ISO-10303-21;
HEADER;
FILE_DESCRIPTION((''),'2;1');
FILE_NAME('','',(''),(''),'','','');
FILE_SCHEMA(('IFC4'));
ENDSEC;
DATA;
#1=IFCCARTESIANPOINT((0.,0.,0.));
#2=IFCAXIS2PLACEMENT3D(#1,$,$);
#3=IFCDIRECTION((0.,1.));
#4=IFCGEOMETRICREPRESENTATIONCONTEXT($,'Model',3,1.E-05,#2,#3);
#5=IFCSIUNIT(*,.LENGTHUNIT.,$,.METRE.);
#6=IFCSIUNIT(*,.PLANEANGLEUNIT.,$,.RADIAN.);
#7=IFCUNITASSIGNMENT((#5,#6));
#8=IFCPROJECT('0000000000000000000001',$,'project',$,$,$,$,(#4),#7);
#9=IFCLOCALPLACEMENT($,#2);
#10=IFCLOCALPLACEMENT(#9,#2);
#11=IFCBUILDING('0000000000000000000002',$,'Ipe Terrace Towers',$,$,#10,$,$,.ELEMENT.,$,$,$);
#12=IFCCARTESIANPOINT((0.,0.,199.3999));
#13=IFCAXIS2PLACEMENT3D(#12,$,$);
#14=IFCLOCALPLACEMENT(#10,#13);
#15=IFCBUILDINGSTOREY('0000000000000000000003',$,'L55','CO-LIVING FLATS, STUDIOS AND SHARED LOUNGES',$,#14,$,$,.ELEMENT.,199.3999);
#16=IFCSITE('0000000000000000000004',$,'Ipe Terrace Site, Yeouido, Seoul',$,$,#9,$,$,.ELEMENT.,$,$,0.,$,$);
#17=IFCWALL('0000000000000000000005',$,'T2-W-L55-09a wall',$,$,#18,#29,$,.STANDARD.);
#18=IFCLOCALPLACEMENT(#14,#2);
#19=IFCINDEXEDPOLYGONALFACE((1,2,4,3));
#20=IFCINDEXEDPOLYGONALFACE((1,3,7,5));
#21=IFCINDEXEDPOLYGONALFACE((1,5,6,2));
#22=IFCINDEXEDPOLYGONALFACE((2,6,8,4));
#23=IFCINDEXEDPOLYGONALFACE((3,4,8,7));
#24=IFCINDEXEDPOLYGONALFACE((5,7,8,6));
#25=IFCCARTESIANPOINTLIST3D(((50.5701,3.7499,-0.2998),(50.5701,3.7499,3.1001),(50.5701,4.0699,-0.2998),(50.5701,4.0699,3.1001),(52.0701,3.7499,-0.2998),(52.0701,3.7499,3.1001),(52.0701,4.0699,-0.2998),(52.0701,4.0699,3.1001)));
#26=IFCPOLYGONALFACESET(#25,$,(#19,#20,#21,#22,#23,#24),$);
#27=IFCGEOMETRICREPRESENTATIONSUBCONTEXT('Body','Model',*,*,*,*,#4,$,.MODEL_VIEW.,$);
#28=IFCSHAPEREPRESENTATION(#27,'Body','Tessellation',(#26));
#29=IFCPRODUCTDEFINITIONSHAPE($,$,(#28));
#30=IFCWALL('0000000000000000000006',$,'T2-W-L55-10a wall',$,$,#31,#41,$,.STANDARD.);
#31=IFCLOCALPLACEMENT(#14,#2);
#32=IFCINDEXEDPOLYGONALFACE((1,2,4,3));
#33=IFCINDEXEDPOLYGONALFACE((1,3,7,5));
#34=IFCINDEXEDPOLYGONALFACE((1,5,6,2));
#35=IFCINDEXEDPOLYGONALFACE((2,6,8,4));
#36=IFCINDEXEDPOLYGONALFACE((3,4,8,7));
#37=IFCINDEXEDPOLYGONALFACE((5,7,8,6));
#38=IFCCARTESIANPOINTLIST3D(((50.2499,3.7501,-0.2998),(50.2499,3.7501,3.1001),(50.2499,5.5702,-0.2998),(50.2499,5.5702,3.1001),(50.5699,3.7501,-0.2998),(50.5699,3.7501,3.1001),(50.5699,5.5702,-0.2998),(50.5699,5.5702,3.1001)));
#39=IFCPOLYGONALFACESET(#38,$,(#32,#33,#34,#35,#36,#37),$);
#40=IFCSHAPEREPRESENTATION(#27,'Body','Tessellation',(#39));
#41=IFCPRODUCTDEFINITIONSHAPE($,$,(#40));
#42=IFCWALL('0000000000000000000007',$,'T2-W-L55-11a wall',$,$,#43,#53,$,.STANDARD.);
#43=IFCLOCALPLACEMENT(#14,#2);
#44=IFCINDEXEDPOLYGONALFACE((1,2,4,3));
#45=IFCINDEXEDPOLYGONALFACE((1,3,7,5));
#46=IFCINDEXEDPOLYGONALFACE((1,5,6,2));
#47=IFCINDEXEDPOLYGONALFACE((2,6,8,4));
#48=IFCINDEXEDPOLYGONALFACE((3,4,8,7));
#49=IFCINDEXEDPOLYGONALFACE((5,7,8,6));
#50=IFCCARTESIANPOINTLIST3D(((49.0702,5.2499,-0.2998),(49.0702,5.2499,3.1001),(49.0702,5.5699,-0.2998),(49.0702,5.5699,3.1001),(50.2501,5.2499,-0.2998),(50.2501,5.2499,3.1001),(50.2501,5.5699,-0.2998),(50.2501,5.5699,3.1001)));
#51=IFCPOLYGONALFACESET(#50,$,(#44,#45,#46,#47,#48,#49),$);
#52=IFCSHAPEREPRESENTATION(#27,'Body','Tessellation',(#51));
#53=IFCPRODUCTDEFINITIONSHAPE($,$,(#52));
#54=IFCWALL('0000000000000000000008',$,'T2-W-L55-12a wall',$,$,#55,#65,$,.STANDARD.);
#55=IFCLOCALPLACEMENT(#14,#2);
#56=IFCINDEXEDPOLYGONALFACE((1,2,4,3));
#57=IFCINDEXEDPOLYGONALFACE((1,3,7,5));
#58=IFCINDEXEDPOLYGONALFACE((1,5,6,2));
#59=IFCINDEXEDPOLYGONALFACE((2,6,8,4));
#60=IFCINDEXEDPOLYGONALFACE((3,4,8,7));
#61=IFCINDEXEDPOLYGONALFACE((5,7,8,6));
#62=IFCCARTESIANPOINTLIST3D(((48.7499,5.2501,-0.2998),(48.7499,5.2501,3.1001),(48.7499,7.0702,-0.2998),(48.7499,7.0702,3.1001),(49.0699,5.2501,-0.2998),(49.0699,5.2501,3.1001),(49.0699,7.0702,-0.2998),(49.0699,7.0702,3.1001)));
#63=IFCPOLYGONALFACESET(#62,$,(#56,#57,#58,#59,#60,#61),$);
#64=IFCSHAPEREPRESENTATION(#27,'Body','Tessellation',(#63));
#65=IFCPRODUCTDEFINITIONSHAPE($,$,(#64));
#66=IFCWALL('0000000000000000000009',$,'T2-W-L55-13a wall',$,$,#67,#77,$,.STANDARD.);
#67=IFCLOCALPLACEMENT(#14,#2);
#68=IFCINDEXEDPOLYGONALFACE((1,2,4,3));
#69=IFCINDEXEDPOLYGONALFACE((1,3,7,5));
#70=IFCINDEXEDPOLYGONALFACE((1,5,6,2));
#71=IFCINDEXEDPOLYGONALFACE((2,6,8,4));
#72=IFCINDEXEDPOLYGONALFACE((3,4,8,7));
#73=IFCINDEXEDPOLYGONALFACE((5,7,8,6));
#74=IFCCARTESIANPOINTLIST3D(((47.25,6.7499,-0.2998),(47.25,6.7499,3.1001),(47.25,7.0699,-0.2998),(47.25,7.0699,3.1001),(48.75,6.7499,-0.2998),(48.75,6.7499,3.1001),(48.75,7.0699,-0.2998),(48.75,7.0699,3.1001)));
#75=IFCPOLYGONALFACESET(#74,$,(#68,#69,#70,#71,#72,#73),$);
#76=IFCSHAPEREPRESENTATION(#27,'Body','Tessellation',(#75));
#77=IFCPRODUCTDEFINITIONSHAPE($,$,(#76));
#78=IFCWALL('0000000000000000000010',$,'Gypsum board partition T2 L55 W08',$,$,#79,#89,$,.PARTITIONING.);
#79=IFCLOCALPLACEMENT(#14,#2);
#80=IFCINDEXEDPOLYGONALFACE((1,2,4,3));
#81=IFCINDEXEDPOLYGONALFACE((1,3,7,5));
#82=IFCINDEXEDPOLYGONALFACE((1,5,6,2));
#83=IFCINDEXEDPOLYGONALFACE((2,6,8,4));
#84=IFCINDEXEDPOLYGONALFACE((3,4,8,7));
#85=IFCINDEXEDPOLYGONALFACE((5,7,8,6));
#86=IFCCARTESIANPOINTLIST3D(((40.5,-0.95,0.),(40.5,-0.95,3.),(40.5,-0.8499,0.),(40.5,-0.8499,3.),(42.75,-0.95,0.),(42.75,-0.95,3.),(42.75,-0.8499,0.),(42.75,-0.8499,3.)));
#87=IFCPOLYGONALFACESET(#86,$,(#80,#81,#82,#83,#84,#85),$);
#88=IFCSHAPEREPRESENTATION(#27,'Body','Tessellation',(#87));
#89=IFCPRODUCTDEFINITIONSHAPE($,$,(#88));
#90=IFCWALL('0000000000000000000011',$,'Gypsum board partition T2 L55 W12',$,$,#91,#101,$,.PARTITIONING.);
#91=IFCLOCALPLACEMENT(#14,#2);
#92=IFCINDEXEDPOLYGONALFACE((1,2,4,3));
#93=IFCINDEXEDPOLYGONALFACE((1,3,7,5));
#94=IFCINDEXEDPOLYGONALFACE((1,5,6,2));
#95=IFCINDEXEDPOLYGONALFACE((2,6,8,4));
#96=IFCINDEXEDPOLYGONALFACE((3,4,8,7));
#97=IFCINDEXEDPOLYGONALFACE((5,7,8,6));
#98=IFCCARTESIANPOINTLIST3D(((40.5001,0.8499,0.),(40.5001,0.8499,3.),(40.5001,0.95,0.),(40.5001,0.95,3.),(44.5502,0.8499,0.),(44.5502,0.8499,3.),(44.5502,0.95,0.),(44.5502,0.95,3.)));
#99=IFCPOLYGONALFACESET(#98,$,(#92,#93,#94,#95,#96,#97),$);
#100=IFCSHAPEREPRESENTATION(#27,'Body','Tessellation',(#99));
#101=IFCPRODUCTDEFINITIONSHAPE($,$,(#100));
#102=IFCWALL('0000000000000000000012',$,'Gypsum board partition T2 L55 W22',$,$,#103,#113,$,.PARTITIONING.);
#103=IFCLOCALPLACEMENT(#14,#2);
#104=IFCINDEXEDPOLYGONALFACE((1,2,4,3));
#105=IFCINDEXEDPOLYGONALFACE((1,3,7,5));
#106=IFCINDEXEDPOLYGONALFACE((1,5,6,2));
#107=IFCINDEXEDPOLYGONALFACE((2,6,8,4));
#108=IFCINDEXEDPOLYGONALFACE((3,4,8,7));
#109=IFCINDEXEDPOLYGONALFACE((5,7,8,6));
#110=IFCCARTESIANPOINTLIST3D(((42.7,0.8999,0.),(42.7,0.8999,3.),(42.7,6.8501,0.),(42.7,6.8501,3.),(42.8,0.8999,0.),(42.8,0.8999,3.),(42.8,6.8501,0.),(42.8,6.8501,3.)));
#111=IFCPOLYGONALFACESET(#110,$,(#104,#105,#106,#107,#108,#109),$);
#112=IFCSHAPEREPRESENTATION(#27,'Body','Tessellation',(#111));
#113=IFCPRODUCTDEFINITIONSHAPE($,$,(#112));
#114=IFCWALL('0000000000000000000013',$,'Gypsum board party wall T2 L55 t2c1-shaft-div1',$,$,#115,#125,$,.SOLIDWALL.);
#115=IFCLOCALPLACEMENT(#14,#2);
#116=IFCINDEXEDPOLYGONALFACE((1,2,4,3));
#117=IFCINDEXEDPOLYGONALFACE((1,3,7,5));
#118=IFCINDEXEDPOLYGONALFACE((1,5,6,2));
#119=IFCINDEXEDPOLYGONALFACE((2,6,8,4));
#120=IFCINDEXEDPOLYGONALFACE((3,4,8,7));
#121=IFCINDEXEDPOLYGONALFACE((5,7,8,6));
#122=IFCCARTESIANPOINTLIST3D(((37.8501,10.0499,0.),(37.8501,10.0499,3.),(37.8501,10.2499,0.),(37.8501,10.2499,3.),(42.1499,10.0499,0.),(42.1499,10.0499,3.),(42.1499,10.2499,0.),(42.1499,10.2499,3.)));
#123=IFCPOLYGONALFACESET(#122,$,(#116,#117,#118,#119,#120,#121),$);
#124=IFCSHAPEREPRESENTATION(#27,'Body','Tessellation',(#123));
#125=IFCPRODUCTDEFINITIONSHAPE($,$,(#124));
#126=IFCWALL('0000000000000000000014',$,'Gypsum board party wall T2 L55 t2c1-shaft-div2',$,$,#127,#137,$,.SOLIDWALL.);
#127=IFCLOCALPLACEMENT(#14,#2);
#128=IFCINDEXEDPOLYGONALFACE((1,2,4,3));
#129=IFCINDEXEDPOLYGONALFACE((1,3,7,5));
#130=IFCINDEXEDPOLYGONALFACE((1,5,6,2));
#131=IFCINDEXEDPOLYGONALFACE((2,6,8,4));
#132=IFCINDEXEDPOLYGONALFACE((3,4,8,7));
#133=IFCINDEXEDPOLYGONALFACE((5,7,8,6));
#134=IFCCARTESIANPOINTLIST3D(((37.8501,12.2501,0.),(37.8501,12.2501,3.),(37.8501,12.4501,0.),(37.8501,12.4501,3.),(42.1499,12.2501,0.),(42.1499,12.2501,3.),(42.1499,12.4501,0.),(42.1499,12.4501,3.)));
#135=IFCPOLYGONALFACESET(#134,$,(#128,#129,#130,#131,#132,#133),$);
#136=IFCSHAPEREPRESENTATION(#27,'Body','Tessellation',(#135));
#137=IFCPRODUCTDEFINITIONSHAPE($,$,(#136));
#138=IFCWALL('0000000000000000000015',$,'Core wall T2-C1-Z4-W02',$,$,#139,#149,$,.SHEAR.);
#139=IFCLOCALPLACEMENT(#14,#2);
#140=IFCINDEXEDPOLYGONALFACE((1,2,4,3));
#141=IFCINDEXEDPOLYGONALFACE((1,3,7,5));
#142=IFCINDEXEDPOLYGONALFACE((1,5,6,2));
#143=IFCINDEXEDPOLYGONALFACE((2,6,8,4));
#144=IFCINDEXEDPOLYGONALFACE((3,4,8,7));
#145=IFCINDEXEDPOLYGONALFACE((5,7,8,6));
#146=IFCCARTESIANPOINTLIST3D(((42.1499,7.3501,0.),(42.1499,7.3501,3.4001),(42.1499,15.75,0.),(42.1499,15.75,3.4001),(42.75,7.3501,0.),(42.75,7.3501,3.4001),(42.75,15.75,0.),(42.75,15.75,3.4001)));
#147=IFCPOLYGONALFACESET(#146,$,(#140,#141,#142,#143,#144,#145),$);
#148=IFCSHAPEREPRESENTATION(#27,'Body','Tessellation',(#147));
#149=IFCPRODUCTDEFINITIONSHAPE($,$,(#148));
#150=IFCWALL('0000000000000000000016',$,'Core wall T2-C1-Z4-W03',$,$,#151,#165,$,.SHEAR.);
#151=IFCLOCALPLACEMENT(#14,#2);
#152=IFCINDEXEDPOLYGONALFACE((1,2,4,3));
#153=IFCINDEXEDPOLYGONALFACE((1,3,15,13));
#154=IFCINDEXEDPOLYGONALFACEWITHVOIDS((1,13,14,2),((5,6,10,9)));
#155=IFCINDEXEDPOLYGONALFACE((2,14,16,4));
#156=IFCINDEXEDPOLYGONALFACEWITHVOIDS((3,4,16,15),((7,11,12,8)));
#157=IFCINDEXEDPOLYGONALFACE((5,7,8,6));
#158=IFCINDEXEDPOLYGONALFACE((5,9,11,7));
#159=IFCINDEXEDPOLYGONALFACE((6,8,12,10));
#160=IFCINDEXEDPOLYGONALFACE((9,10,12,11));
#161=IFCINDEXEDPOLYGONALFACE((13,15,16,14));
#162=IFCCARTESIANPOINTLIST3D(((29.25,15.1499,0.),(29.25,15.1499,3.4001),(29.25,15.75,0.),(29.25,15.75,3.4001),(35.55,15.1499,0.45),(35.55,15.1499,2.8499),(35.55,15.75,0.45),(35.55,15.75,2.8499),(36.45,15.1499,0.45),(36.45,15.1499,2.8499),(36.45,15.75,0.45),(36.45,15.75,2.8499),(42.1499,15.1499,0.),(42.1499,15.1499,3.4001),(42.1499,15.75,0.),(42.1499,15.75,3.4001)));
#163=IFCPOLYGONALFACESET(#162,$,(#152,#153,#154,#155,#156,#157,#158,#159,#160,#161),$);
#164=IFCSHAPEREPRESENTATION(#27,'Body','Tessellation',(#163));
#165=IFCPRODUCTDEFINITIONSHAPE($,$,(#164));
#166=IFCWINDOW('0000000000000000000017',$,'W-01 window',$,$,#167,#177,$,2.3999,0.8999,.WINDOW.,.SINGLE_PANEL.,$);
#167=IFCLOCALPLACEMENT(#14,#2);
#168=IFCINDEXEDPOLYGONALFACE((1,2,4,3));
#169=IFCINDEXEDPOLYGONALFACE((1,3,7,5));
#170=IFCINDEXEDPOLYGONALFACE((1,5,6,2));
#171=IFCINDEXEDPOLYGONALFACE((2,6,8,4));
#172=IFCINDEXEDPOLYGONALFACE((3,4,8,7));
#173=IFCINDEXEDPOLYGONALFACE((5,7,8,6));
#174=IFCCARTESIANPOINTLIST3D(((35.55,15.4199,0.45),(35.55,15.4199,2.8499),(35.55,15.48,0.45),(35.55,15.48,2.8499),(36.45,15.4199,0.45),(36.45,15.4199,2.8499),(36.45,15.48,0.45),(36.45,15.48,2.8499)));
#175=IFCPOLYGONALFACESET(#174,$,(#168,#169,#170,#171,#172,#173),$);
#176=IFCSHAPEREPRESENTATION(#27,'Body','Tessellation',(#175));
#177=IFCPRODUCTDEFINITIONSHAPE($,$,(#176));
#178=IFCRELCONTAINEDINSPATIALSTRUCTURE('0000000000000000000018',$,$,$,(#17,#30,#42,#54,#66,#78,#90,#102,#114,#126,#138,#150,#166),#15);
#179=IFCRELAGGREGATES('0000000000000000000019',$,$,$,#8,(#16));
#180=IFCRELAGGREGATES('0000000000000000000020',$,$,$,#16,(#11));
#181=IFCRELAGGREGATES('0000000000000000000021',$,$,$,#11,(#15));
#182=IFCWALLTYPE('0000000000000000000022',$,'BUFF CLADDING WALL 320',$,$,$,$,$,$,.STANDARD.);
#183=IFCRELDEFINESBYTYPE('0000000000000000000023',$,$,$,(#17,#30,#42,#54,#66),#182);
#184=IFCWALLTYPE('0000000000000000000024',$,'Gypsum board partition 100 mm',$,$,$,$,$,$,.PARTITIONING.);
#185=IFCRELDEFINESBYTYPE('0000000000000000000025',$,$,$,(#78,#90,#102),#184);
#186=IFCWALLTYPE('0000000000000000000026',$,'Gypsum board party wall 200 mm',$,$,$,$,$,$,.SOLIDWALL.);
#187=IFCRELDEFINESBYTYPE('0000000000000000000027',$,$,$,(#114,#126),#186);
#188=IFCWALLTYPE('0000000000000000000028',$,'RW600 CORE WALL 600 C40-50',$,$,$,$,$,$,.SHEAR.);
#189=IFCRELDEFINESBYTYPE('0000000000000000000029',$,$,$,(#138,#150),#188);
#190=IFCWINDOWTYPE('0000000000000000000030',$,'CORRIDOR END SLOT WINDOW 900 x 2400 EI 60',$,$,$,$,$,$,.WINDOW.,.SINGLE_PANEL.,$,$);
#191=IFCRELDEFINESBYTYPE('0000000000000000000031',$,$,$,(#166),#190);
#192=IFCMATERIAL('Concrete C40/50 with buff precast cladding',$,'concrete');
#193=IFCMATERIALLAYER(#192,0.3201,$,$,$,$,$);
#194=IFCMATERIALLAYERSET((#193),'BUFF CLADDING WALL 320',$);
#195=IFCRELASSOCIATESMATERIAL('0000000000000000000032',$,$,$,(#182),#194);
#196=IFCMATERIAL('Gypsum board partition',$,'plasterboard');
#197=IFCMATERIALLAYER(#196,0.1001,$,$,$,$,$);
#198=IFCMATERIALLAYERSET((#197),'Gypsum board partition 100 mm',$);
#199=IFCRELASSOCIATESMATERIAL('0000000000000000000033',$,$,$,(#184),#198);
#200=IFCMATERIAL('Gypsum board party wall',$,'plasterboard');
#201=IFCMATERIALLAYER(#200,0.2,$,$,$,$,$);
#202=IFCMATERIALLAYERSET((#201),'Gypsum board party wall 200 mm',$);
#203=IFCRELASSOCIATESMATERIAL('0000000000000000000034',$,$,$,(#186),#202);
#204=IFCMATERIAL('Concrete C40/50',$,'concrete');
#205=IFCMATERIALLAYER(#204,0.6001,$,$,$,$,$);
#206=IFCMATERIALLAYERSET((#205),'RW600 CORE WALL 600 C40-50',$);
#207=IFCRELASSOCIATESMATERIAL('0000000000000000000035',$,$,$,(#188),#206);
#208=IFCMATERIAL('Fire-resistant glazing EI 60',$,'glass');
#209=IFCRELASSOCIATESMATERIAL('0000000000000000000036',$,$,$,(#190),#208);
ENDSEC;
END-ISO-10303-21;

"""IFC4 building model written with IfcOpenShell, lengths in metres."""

from ifc_helpers import new_model, si_unit, direction, frame, frame_2d, origin, place, context, subcontext, project, spatial, rectangle, extrude, material, layer, layer_set, type_object, element, fill, save


model = new_model("IFC4")

# Units and contexts
model_context = context("Model", 3, precision=1e-05, world=origin(), true_north=direction((0.0, 1.0)))
body_context = subcontext(model_context, "Body", "Model", "MODEL_VIEW")
ifc_project = project(units=[si_unit("LENGTHUNIT", "METRE"), si_unit("PLANEANGLEUNIT", "RADIAN")], contexts=[model_context])

# Site, building, storey
site_placement = place(None, origin())
site = spatial("IfcSite", under=ifc_project, at=site_placement, Name="Ipe Terrace Site, Yeouido, Seoul", CompositionType="ELEMENT", RefElevation=0.0)
building_placement = place(site_placement, origin())
building = spatial("IfcBuilding", under=site, at=building_placement, Name="Ipe Terrace Towers", CompositionType="ELEMENT")
storey_placement = place(building_placement, frame((0.0, 0.0, 199.3999)))
storey = spatial("IfcBuildingStorey", under=building, at=storey_placement, Name="L55", Description="CO-LIVING FLATS, STUDIOS AND SHARED LOUNGES", CompositionType="ELEMENT", Elevation=199.3999)

# Walls
ifc_material_1 = material(Name="Concrete C40/50 with buff precast cladding", Category="concrete")
ifc_layer_1 = layer(ifc_material_1, 0.3201)
ifc_layer_set_1 = layer_set([ifc_layer_1], Name="BUFF CLADDING WALL 320")
wall_type_1 = type_object("IfcWallType", Name="BUFF CLADDING WALL 320", PredefinedType="STANDARD", material=ifc_layer_set_1)
wall_1_placement = place(storey_placement, frame((52.0701, 3.9099, -0.2998), z_axis=(0.0, 0.0, 1.0), x_axis=(-1.0, 0.0, 0.0)))
element("IfcWall", 1, at=wall_1_placement, inside=storey, type_object=wall_type_1, Name="T2-W-L55-09a wall", PredefinedType="STANDARD", context=body_context, shape_type="SweptSolid", body=[
    extrude(rectangle(XDim=1.5, YDim=0.3201, at=frame_2d((0.75, 0.0))), origin(), (0.0, 0.0, 1.0), 3.3999),
])
wall_2_placement = place(storey_placement, frame((50.4099, 3.75, -0.2998), z_axis=(0.0, 0.0, 1.0), x_axis=(0.0, 1.0, 0.0)))
element("IfcWall", 2, at=wall_2_placement, inside=storey, type_object=wall_type_1, Name="T2-W-L55-10a wall", PredefinedType="STANDARD", context=body_context, shape_type="SweptSolid", body=[
    extrude(rectangle(XDim=1.8201, YDim=0.3201, at=frame_2d((0.9102, 0.0))), origin(), (0.0, 0.0, 1.0), 3.3999),
])
wall_3_placement = place(storey_placement, frame((50.25, 5.4099, -0.2998), z_axis=(0.0, 0.0, 1.0), x_axis=(-1.0, 0.0, 0.0)))
element("IfcWall", 3, at=wall_3_placement, inside=storey, type_object=wall_type_1, Name="T2-W-L55-11a wall", PredefinedType="STANDARD", context=body_context, shape_type="SweptSolid", body=[
    extrude(rectangle(XDim=1.1799, YDim=0.3201, at=frame_2d((0.5898, 0.0))), origin(), (0.0, 0.0, 1.0), 3.3999),
])
wall_4_placement = place(storey_placement, frame((48.9099, 5.25, -0.2998), z_axis=(0.0, 0.0, 1.0), x_axis=(0.0, 1.0, 0.0)))
element("IfcWall", 4, at=wall_4_placement, inside=storey, type_object=wall_type_1, Name="T2-W-L55-12a wall", PredefinedType="STANDARD", context=body_context, shape_type="SweptSolid", body=[
    extrude(rectangle(XDim=1.8201, YDim=0.3201, at=frame_2d((0.9102, 0.0))), origin(), (0.0, 0.0, 1.0), 3.3999),
])
wall_5_placement = place(storey_placement, frame((48.75, 6.9099, -0.2998), z_axis=(0.0, 0.0, 1.0), x_axis=(-1.0, 0.0, 0.0)))
element("IfcWall", 5, at=wall_5_placement, inside=storey, type_object=wall_type_1, Name="T2-W-L55-13a wall", PredefinedType="STANDARD", context=body_context, shape_type="SweptSolid", body=[
    extrude(rectangle(XDim=1.5, YDim=0.3201, at=frame_2d((0.75, 0.0))), origin(), (0.0, 0.0, 1.0), 3.3999),
])
ifc_material_2 = material(Name="Gypsum board partition", Category="plasterboard")
ifc_layer_2 = layer(ifc_material_2, 0.1001)
ifc_layer_set_2 = layer_set([ifc_layer_2], Name="Gypsum board partition 100 mm")
wall_type_2 = type_object("IfcWallType", Name="Gypsum board partition 100 mm", PredefinedType="PARTITIONING", material=ifc_layer_set_2)
wall_6_placement = place(storey_placement, frame((42.75, -0.8999, 0.0), z_axis=(0.0, 0.0, 1.0), x_axis=(-1.0, 0.0, 0.0)))
element("IfcWall", 6, at=wall_6_placement, inside=storey, type_object=wall_type_2, Name="Gypsum board partition T2 L55 W08", PredefinedType="PARTITIONING", context=body_context, shape_type="SweptSolid", body=[
    extrude(rectangle(XDim=2.25, YDim=0.1001, at=frame_2d((1.125, 0.0))), origin(), (0.0, 0.0, 1.0), 3.0),
])
wall_7_placement = place(storey_placement, frame((44.55, 0.8999, 0.0), z_axis=(0.0, 0.0, 1.0), x_axis=(-1.0, 0.0, 0.0)))
element("IfcWall", 7, at=wall_7_placement, inside=storey, type_object=wall_type_2, Name="Gypsum board partition T2 L55 W12", PredefinedType="PARTITIONING", context=body_context, shape_type="SweptSolid", body=[
    extrude(rectangle(XDim=4.05, YDim=0.1001, at=frame_2d((2.0249, 0.0))), origin(), (0.0, 0.0, 1.0), 3.0),
])
wall_8_placement = place(storey_placement, frame((42.75, 0.8999, 0.0), z_axis=(0.0, 0.0, 1.0), x_axis=(0.0, 1.0, 0.0)))
element("IfcWall", 8, at=wall_8_placement, inside=storey, type_object=wall_type_2, Name="Gypsum board partition T2 L55 W22", PredefinedType="PARTITIONING", context=body_context, shape_type="SweptSolid", body=[
    extrude(rectangle(XDim=5.9502, YDim=0.1001, at=frame_2d((2.9751, 0.0))), origin(), (0.0, 0.0, 1.0), 3.0),
])
ifc_material_3 = material(Name="Gypsum board party wall", Category="plasterboard")
ifc_layer_3 = layer(ifc_material_3, 0.2)
ifc_layer_set_3 = layer_set([ifc_layer_3], Name="Gypsum board party wall 200 mm")
wall_type_3 = type_object("IfcWallType", Name="Gypsum board party wall 200 mm", PredefinedType="SOLIDWALL", material=ifc_layer_set_3)
for number, where, z_axis, x_axis, name in (
    (9, (42.1499, 10.1499, 0.0), (0.0, 0.0, 1.0), (-1.0, 0.0, 0.0), "Gypsum board party wall T2 L55 t2c1-shaft-div1"),
    (10, (42.1499, 12.3501, 0.0), (0.0, 0.0, 1.0), (-1.0, 0.0, 0.0), "Gypsum board party wall T2 L55 t2c1-shaft-div2"),
):
    element("IfcWall", number, at=place(storey_placement, frame(where, z_axis=z_axis, x_axis=x_axis)), inside=storey, type_object=wall_type_3, Name=name, PredefinedType="SOLIDWALL", context=body_context, shape_type="SweptSolid", body=[
        extrude(rectangle(XDim=4.2998, YDim=0.2, at=frame_2d((2.1499, 0.0))), origin(), (0.0, 0.0, 1.0), 3.0),
    ])
ifc_material_4 = material(Name="Concrete C40/50", Category="concrete")
ifc_layer_4 = layer(ifc_material_4, 0.6001)
ifc_layer_set_4 = layer_set([ifc_layer_4], Name="RW600 CORE WALL 600 C40-50")
wall_type_4 = type_object("IfcWallType", Name="RW600 CORE WALL 600 C40-50", PredefinedType="SHEAR", material=ifc_layer_set_4)
wall_9_placement = place(storey_placement, frame((42.45, 7.3501, 0.0), z_axis=(0.0, 0.0, 1.0), x_axis=(0.0, 1.0, 0.0)))
element("IfcWall", 11, at=wall_9_placement, inside=storey, type_object=wall_type_4, Name="Core wall T2-C1-Z4-W02", PredefinedType="SHEAR", context=body_context, shape_type="SweptSolid", body=[
    extrude(rectangle(XDim=8.3999, YDim=0.6001, at=frame_2d((4.2, 0.0))), origin(), (0.0, 0.0, 1.0), 3.4001),
])

# Wall, opening, window
wall_10_placement = place(storey_placement, frame((42.1499, 15.45, 0.0), z_axis=(0.0, 0.0, 1.0), x_axis=(-1.0, 0.0, 0.0)))
wall_10 = element("IfcWall", 12, at=wall_10_placement, inside=storey, type_object=wall_type_4, Name="Core wall T2-C1-Z4-W03", PredefinedType="SHEAR", context=body_context, shape_type="SweptSolid", body=[
    extrude(rectangle(XDim=12.8999, YDim=0.6001, at=frame_2d((6.45, 0.0))), origin(), (0.0, 0.0, 1.0), 3.4001),
])
opening_placement = place(wall_10_placement, frame((5.7, 0.0, 0.45)))
opening = element("IfcOpeningElement", 13, at=opening_placement, cuts=wall_10, PredefinedType="OPENING", context=body_context, shape_type="SweptSolid", body=[
    extrude(rectangle(XDim=0.8999, YDim=2.3999, at=frame_2d((0.45, 1.2))), frame((0.0, 0.3101, 0.0), z_axis=(0.0, -1.0, 0.0), x_axis=(1.0, 0.0, 0.0)), (0.0, 0.0, 1.0), 0.6201),
])
ifc_material_5 = material(Name="Fire-resistant glazing EI 60", Category="glass")
window_type = type_object("IfcWindowType", Name="CORRIDOR END SLOT WINDOW 900 x 2400 EI 60", PartitioningType="SINGLE_PANEL", PredefinedType="WINDOW", material=ifc_material_5)
window_placement = place(opening_placement, origin())
window = element("IfcWindow", 14, at=window_placement, inside=storey, type_object=window_type, Name="W-01 window", OverallHeight=2.3999, OverallWidth=0.8999, PartitioningType="SINGLE_PANEL", PredefinedType="WINDOW", context=body_context, shape_type="SweptSolid", body=[
    extrude(rectangle(XDim=0.8999, YDim=2.3999, at=frame_2d((0.45, 1.2))), frame((0.0, 0.03, 0.0), z_axis=(0.0, -1.0, 0.0), x_axis=(1.0, 0.0, 0.0)), (0.0, 0.0, 1.0), 0.0601),
])
fill(opening, window)

save(model, "model.ifc")
